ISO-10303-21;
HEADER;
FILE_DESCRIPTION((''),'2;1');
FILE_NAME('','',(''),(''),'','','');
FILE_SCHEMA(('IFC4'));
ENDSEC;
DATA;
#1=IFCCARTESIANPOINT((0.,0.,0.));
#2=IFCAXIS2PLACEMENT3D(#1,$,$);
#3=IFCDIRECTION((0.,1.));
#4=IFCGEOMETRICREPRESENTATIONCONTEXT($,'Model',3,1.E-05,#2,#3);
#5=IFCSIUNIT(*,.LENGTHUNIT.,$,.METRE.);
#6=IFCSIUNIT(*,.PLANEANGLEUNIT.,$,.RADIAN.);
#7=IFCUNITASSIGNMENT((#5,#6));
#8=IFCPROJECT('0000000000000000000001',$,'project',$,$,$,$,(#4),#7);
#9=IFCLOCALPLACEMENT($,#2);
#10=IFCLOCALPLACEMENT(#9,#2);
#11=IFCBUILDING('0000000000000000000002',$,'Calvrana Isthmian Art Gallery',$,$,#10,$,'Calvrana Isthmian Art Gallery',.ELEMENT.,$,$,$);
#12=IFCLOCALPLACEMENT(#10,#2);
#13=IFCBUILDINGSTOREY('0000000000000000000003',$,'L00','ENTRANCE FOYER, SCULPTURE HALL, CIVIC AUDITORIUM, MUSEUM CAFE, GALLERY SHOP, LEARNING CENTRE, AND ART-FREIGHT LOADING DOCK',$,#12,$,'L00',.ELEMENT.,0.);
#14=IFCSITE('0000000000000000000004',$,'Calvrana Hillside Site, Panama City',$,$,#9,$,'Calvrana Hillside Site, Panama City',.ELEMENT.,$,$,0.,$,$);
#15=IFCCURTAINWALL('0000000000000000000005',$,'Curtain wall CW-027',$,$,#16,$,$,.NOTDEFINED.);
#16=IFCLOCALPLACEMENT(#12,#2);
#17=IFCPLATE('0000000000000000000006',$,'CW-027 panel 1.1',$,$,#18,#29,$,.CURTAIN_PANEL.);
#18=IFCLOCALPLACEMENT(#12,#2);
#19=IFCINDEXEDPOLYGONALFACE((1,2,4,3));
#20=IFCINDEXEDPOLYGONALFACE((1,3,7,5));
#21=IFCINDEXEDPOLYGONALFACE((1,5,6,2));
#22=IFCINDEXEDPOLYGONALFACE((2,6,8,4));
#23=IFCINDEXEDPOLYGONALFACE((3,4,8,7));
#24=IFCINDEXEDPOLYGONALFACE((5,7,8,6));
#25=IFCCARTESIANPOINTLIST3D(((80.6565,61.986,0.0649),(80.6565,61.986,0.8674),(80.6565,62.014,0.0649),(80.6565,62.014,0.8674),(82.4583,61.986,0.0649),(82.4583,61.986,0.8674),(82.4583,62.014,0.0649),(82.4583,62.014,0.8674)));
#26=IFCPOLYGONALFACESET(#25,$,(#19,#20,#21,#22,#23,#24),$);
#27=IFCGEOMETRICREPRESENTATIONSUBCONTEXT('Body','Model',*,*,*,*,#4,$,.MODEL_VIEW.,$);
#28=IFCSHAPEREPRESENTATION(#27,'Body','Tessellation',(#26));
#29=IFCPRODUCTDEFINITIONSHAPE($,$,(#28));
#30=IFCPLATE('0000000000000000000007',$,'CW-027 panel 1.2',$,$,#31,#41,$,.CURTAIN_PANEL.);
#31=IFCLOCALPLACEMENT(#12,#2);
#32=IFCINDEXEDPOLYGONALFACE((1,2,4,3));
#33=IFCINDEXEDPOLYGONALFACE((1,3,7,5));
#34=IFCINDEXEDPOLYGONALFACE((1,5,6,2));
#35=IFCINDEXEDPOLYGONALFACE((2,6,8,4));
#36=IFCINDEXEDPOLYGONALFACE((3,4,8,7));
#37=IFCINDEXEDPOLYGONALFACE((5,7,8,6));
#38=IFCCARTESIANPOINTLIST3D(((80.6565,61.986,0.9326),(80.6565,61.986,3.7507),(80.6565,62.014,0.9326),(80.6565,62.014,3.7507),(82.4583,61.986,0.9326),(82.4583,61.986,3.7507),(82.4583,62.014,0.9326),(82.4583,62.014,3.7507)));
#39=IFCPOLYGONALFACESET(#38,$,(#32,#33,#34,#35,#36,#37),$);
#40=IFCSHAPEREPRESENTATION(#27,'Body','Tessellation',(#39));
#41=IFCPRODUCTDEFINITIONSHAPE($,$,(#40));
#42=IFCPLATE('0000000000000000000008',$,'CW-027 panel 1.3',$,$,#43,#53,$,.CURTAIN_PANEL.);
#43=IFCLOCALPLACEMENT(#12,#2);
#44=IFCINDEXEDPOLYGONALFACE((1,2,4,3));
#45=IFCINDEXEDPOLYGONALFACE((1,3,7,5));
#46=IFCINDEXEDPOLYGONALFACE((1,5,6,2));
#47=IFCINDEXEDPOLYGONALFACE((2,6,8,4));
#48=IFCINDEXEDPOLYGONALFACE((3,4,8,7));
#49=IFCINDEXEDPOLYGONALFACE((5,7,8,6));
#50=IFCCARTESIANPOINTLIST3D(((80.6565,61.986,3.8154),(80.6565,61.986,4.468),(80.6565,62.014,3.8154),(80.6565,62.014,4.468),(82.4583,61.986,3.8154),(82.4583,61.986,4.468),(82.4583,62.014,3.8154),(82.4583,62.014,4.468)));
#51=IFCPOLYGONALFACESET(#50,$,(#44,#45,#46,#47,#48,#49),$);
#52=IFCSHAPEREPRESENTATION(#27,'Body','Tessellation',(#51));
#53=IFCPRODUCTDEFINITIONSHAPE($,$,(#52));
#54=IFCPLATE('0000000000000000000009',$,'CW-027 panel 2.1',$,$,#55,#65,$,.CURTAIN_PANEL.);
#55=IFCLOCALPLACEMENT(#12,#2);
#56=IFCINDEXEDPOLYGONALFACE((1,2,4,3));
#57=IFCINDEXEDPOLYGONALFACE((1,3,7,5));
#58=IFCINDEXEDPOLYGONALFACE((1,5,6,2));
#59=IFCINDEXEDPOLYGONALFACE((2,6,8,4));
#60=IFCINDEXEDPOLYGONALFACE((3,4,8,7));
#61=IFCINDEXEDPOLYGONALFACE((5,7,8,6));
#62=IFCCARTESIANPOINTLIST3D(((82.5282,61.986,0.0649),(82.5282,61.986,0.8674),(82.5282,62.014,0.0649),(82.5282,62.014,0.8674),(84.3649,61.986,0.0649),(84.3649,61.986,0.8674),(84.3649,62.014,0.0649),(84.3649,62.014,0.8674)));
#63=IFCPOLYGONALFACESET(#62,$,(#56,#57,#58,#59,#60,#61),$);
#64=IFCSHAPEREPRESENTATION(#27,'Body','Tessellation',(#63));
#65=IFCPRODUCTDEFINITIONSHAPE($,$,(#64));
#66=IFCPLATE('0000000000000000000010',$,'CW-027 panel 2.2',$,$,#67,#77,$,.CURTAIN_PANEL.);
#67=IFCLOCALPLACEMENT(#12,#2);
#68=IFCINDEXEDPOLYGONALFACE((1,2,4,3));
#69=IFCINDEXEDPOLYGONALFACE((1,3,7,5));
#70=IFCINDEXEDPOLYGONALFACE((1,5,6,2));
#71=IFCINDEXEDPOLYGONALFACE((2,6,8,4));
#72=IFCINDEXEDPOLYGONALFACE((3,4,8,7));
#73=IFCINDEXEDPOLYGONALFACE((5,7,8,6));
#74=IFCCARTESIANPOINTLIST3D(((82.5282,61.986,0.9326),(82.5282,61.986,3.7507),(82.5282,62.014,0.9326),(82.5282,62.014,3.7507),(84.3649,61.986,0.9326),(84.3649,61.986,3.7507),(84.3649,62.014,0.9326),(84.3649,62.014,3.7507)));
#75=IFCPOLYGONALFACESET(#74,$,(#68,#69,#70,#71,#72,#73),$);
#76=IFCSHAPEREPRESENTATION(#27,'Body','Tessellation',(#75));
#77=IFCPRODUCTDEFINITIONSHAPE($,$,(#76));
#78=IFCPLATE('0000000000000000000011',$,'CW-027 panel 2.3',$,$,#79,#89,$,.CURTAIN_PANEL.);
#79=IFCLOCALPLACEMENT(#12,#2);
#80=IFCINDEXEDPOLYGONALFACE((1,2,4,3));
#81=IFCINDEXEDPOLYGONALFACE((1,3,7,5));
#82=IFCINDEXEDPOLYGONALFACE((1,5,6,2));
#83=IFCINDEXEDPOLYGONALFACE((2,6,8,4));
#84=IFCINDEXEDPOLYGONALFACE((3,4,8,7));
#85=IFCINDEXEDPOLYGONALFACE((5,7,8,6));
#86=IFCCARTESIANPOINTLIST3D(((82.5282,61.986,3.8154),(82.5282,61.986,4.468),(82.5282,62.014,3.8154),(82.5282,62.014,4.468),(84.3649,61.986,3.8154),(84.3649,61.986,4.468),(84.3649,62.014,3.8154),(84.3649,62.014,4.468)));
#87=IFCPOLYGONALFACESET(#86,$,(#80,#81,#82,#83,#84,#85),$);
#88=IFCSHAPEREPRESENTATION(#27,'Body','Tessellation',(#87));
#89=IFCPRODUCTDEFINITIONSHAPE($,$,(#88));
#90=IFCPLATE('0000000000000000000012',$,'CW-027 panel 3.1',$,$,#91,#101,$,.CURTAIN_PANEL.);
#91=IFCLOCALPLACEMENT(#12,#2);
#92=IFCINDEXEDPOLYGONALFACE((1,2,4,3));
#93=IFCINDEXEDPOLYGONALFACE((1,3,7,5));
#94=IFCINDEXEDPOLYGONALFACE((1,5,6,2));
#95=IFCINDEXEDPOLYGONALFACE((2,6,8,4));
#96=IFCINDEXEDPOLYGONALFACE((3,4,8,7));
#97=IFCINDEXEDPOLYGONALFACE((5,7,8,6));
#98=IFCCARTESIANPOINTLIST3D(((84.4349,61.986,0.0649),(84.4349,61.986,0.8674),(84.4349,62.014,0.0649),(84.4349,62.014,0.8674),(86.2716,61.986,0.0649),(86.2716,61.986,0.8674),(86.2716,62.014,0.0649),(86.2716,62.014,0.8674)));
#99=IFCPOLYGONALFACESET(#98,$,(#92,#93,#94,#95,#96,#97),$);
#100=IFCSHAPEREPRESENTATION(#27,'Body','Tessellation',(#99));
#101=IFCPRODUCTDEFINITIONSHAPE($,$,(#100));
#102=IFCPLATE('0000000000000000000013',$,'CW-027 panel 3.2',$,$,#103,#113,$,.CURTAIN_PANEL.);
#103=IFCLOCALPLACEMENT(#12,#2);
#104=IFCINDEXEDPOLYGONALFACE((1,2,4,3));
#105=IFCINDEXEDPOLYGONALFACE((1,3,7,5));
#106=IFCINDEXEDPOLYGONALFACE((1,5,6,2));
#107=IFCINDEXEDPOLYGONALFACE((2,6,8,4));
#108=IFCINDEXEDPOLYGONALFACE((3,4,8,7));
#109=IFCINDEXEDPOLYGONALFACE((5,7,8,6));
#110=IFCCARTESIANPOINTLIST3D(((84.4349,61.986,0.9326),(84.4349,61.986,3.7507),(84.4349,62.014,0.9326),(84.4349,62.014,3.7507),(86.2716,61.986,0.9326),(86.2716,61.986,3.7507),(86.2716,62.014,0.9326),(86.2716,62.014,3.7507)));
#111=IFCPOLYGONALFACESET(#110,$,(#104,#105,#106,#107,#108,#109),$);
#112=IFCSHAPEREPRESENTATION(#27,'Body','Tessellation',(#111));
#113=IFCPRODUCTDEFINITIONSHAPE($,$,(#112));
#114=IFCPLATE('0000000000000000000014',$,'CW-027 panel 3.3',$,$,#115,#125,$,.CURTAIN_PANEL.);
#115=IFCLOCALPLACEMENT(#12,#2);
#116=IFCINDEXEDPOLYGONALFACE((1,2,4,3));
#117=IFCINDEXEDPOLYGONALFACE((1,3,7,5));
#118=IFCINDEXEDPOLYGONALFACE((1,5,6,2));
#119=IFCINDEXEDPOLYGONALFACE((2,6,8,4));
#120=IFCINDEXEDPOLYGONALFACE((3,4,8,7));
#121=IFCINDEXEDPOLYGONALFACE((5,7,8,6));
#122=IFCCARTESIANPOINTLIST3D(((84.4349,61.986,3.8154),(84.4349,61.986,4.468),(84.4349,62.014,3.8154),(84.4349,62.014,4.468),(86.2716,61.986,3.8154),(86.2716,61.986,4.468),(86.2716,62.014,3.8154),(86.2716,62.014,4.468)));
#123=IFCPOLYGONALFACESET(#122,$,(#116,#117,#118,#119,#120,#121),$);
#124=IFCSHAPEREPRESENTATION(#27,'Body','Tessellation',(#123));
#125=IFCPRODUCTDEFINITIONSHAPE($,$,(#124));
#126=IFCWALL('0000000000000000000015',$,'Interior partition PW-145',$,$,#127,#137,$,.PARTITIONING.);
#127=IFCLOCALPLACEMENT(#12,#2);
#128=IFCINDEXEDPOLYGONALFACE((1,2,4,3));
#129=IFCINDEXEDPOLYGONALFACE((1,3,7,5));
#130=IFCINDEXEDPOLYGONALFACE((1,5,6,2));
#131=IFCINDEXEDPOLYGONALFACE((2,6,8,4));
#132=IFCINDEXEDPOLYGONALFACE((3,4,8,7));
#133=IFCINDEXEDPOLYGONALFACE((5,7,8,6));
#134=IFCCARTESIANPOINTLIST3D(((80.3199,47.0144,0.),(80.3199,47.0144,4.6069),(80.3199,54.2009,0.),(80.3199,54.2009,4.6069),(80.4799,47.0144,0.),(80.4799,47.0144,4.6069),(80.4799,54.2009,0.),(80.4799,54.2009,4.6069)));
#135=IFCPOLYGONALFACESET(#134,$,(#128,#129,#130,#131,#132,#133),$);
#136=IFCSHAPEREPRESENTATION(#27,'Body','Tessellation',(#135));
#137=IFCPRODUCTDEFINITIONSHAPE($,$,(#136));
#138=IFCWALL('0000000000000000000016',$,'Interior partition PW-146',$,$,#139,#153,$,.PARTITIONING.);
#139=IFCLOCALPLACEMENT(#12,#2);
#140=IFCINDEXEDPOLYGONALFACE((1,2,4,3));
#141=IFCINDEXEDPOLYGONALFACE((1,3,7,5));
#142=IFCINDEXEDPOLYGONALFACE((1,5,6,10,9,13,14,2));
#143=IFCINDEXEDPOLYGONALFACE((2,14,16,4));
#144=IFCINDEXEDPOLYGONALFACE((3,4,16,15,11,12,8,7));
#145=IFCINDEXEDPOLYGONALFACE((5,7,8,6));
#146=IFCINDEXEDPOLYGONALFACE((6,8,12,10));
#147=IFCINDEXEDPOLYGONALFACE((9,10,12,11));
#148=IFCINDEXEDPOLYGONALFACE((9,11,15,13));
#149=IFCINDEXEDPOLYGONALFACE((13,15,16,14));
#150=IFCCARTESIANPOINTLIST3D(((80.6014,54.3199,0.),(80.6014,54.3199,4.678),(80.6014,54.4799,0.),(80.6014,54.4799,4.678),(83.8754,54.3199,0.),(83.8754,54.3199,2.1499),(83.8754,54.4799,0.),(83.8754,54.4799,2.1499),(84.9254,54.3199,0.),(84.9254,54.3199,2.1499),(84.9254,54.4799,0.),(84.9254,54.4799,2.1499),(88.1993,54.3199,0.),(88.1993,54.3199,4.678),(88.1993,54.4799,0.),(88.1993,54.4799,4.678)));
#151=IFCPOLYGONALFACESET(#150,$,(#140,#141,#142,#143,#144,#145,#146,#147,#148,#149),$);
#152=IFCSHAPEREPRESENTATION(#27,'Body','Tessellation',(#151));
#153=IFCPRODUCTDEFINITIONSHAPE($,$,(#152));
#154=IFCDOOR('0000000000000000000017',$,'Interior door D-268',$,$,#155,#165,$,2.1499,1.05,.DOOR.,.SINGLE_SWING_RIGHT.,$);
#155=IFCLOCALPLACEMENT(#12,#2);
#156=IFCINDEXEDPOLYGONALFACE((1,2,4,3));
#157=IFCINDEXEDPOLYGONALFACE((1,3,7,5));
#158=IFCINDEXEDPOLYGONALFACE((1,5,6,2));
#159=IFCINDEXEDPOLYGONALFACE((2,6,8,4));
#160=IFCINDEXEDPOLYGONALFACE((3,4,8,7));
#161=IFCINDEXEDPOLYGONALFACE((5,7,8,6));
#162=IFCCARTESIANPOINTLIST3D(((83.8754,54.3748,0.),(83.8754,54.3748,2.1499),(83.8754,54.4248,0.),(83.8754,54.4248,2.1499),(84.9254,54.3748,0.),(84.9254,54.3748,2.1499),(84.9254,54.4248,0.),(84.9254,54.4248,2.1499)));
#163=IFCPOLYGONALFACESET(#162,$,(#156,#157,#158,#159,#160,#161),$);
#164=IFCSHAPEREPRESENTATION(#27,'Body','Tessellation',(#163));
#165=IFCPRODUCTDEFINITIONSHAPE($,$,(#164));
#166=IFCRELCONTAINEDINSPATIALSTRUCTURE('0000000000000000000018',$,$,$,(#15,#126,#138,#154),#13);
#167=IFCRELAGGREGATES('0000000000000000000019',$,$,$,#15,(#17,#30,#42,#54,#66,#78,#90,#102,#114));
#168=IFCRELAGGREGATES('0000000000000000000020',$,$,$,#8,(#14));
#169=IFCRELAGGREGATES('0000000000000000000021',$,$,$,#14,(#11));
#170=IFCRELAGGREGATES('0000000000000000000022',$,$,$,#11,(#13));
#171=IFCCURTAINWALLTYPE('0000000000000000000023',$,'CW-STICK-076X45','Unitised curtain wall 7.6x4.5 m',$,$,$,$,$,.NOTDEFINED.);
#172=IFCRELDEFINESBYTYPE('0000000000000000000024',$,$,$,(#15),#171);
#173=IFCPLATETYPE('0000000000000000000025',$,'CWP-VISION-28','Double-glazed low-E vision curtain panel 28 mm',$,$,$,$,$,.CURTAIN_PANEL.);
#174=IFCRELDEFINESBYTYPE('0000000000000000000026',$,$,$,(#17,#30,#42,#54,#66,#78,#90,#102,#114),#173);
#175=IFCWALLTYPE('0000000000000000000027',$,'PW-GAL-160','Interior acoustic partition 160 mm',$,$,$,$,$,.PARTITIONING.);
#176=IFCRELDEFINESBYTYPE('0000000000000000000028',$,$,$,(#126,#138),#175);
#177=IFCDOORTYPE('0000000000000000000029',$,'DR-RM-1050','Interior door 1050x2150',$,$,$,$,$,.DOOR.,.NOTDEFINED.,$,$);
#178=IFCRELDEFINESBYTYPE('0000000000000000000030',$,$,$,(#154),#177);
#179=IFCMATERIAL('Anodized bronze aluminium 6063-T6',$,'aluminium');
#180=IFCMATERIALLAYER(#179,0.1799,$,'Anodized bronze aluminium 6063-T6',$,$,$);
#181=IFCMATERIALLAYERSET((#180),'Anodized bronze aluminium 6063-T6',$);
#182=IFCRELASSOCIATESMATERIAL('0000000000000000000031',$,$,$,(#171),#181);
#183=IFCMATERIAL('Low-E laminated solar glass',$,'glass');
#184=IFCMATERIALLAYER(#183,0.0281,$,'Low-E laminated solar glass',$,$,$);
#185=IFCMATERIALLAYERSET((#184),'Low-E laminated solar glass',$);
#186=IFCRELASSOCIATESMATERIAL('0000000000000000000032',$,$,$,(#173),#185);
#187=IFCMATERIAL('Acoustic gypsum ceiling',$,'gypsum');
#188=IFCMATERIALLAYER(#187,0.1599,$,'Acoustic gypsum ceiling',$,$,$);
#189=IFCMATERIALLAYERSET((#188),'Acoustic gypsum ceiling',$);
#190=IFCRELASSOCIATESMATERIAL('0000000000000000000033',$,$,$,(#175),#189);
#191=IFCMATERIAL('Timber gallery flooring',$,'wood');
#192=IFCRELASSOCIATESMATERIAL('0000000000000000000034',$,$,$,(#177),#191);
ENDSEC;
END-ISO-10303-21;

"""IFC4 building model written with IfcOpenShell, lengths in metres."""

from ifc_helpers import new_model, si_unit, direction, frame, frame_2d, origin, origin_2d, place, context, subcontext, project, spatial, rectangle, extrude, material, layer, layer_set, type_object, element, fill, aggregate, save


model = new_model("IFC4")

# Units and contexts
model_context = context("Model", 3, precision=1e-05, world=origin(), true_north=direction((0.0, 1.0)))
body_context = subcontext(model_context, "Body", "Model", "MODEL_VIEW")
ifc_project = project(units=[si_unit("LENGTHUNIT", "METRE"), si_unit("PLANEANGLEUNIT", "RADIAN")], contexts=[model_context])

# Site, building, storey
site_placement = place(None, origin())
site = spatial("IfcSite", under=ifc_project, at=site_placement, Name="Calvrana Hillside Site, Panama City", LongName="Calvrana Hillside Site, Panama City", CompositionType="ELEMENT", RefElevation=0.0)
building_placement = place(site_placement, origin())
building = spatial("IfcBuilding", under=site, at=building_placement, Name="Calvrana Isthmian Art Gallery", LongName="Calvrana Isthmian Art Gallery", CompositionType="ELEMENT")
storey_placement = place(building_placement, origin())
storey = spatial("IfcBuildingStorey", under=building, at=storey_placement, Name="L00", Description="ENTRANCE FOYER, SCULPTURE HALL, CIVIC AUDITORIUM, MUSEUM CAFE, GALLERY SHOP, LEARNING CENTRE, AND ART-FREIGHT LOADING DOCK", LongName="L00", CompositionType="ELEMENT", Elevation=0.0)

# Curtain wall, plates
ifc_material_1 = material(Name="Anodized bronze aluminium 6063-T6", Category="aluminium")
ifc_layer_1 = layer(ifc_material_1, 0.1799, Name="Anodized bronze aluminium 6063-T6")
ifc_layer_set_1 = layer_set([ifc_layer_1], Name="Anodized bronze aluminium 6063-T6")
curtain_wall_type = type_object("IfcCurtainWallType", Name="CW-STICK-076X45", Description="Unitised curtain wall 7.6x4.5 m", PredefinedType="NOTDEFINED", material=ifc_layer_set_1)
curtain_wall_placement = place(storey_placement, origin())
curtain_wall = element("IfcCurtainWall", 1, at=curtain_wall_placement, inside=storey, type_object=curtain_wall_type, Name="Curtain wall CW-027", PredefinedType="NOTDEFINED")
ifc_material_2 = material(Name="Low-E laminated solar glass", Category="glass")
ifc_layer_2 = layer(ifc_material_2, 0.0281, Name="Low-E laminated solar glass")
ifc_layer_set_2 = layer_set([ifc_layer_2], Name="Low-E laminated solar glass")
plate_type = type_object("IfcPlateType", Name="CWP-VISION-28", Description="Double-glazed low-E vision curtain panel 28 mm", PredefinedType="CURTAIN_PANEL", material=ifc_layer_set_2)
plate_1_placement = place(storey_placement, frame((81.5574, 62.0, 0.0649), z_axis=(0.0, 0.0, 1.0), x_axis=(1.0, 0.0, 0.0)))
plate_1 = element("IfcPlate", 2, at=plate_1_placement, type_object=plate_type, Name="CW-027 panel 1.1", PredefinedType="CURTAIN_PANEL", context=body_context, shape_type="SweptSolid", body=[
    extrude(rectangle(XDim=1.8018, YDim=0.0281, at=origin_2d()), origin(), (0.0, 0.0, 1.0), 0.8025),
])
plate_2_placement = place(storey_placement, frame((81.5574, 62.0, 0.9326), z_axis=(0.0, 0.0, 1.0), x_axis=(1.0, 0.0, 0.0)))
plate_2 = element("IfcPlate", 3, at=plate_2_placement, type_object=plate_type, Name="CW-027 panel 1.2", PredefinedType="CURTAIN_PANEL", context=body_context, shape_type="SweptSolid", body=[
    extrude(rectangle(XDim=1.8018, YDim=0.0281, at=origin_2d()), origin(), (0.0, 0.0, 1.0), 2.8181),
])
plate_3_placement = place(storey_placement, frame((81.5574, 62.0, 3.8154), z_axis=(0.0, 0.0, 1.0), x_axis=(1.0, 0.0, 0.0)))
plate_3 = element("IfcPlate", 4, at=plate_3_placement, type_object=plate_type, Name="CW-027 panel 1.3", PredefinedType="CURTAIN_PANEL", context=body_context, shape_type="SweptSolid", body=[
    extrude(rectangle(XDim=1.8018, YDim=0.0281, at=origin_2d()), origin(), (0.0, 0.0, 1.0), 0.6526),
])
plate_4_placement = place(storey_placement, frame((83.4465, 62.0, 0.0649), z_axis=(0.0, 0.0, 1.0), x_axis=(1.0, 0.0, 0.0)))
plate_4 = element("IfcPlate", 5, at=plate_4_placement, type_object=plate_type, Name="CW-027 panel 2.1", PredefinedType="CURTAIN_PANEL", context=body_context, shape_type="SweptSolid", body=[
    extrude(rectangle(XDim=1.8367, YDim=0.0281, at=origin_2d()), origin(), (0.0, 0.0, 1.0), 0.8025),
])
plate_5_placement = place(storey_placement, frame((83.4465, 62.0, 0.9326), z_axis=(0.0, 0.0, 1.0), x_axis=(1.0, 0.0, 0.0)))
plate_5 = element("IfcPlate", 6, at=plate_5_placement, type_object=plate_type, Name="CW-027 panel 2.2", PredefinedType="CURTAIN_PANEL", context=body_context, shape_type="SweptSolid", body=[
    extrude(rectangle(XDim=1.8367, YDim=0.0281, at=origin_2d()), origin(), (0.0, 0.0, 1.0), 2.8181),
])
plate_6_placement = place(storey_placement, frame((83.4465, 62.0, 3.8154), z_axis=(0.0, 0.0, 1.0), x_axis=(1.0, 0.0, 0.0)))
plate_6 = element("IfcPlate", 7, at=plate_6_placement, type_object=plate_type, Name="CW-027 panel 2.3", PredefinedType="CURTAIN_PANEL", context=body_context, shape_type="SweptSolid", body=[
    extrude(rectangle(XDim=1.8367, YDim=0.0281, at=origin_2d()), origin(), (0.0, 0.0, 1.0), 0.6526),
])
plate_7_placement = place(storey_placement, frame((85.3533, 62.0, 0.0649), z_axis=(0.0, 0.0, 1.0), x_axis=(1.0, 0.0, 0.0)))
plate_7 = element("IfcPlate", 8, at=plate_7_placement, type_object=plate_type, Name="CW-027 panel 3.1", PredefinedType="CURTAIN_PANEL", context=body_context, shape_type="SweptSolid", body=[
    extrude(rectangle(XDim=1.8367, YDim=0.0281, at=origin_2d()), origin(), (0.0, 0.0, 1.0), 0.8025),
])
plate_8_placement = place(storey_placement, frame((85.3533, 62.0, 0.9326), z_axis=(0.0, 0.0, 1.0), x_axis=(1.0, 0.0, 0.0)))
plate_8 = element("IfcPlate", 9, at=plate_8_placement, type_object=plate_type, Name="CW-027 panel 3.2", PredefinedType="CURTAIN_PANEL", context=body_context, shape_type="SweptSolid", body=[
    extrude(rectangle(XDim=1.8367, YDim=0.0281, at=origin_2d()), origin(), (0.0, 0.0, 1.0), 2.8181),
])
plate_9_placement = place(storey_placement, frame((85.3533, 62.0, 3.8154), z_axis=(0.0, 0.0, 1.0), x_axis=(1.0, 0.0, 0.0)))
plate_9 = element("IfcPlate", 10, at=plate_9_placement, type_object=plate_type, Name="CW-027 panel 3.3", PredefinedType="CURTAIN_PANEL", context=body_context, shape_type="SweptSolid", body=[
    extrude(rectangle(XDim=1.8367, YDim=0.0281, at=origin_2d()), origin(), (0.0, 0.0, 1.0), 0.6526),
])
aggregate(curtain_wall, [plate_1, plate_2, plate_3, plate_4, plate_5, plate_6, plate_7, plate_8, plate_9])

# Wall
ifc_material_3 = material(Name="Acoustic gypsum ceiling", Category="gypsum")
ifc_layer_3 = layer(ifc_material_3, 0.1599, Name="Acoustic gypsum ceiling")
ifc_layer_set_3 = layer_set([ifc_layer_3], Name="Acoustic gypsum ceiling")
wall_type = type_object("IfcWallType", Name="PW-GAL-160", Description="Interior acoustic partition 160 mm", PredefinedType="PARTITIONING", material=ifc_layer_set_3)
wall_1_placement = place(storey_placement, frame((80.3999, 47.0144, 0.0), z_axis=(0.0, 0.0, 1.0), x_axis=(0.0, 1.0, 0.0)))
element("IfcWall", 11, at=wall_1_placement, inside=storey, type_object=wall_type, Name="Interior partition PW-145", PredefinedType="PARTITIONING", context=body_context, shape_type="SweptSolid", body=[
    extrude(rectangle(XDim=7.1865, YDim=0.1599, at=frame_2d((3.5933, 0.0))), origin(), (0.0, 0.0, 1.0), 4.6069),
])

# Wall, opening, door
wall_2_placement = place(storey_placement, frame((80.6016, 54.3999, 0.0), z_axis=(0.0, 0.0, 1.0), x_axis=(1.0, 0.0, 0.0)))
wall_2 = element("IfcWall", 12, at=wall_2_placement, inside=storey, type_object=wall_type, Name="Interior partition PW-146", PredefinedType="PARTITIONING", context=body_context, shape_type="SweptSolid", body=[
    extrude(rectangle(XDim=7.5979, YDim=0.1599, at=frame_2d((3.7988, 0.0))), origin(), (0.0, 0.0, 1.0), 4.678),
])
opening_1_placement = place(wall_2_placement, frame((3.2739, 0.0, 0.0)))
opening_1 = element("IfcOpeningElement", 13, at=opening_1_placement, cuts=wall_2, PredefinedType="OPENING", context=body_context, shape_type="SweptSolid", body=[
    extrude(rectangle(XDim=1.05, YDim=2.1499, at=frame_2d((0.5249, 1.075))), frame((0.0, 0.0903, 0.0), z_axis=(0.0, -1.0, 0.0), x_axis=(1.0, 0.0, 0.0)), (0.0, 0.0, 1.0), 0.1804),
])
ifc_material_4 = material(Name="Timber gallery flooring", Category="wood")
door_type_1 = type_object("IfcDoorType", Name="DR-RM-1050", Description="Interior door 1050x2150", OperationType="NOTDEFINED", PredefinedType="DOOR", material=ifc_material_4)
door_1_placement = place(opening_1_placement, origin())
door_1 = element("IfcDoor", 14, at=door_1_placement, inside=storey, type_object=door_type_1, Name="Interior door D-268", OperationType="SINGLE_SWING_RIGHT", OverallHeight=2.1499, OverallWidth=1.05, PredefinedType="DOOR", context=body_context, shape_type="SweptSolid", body=[
    extrude(rectangle(XDim=1.05, YDim=2.1499, at=frame_2d((0.5249, 1.075))), frame((0.0, 0.0249, 0.0), z_axis=(0.0, -1.0, 0.0), x_axis=(1.0, 0.0, 0.0)), (0.0, 0.0, 1.0), 0.05),
])
fill(opening_1, door_1)

save(model, "model.ifc")
